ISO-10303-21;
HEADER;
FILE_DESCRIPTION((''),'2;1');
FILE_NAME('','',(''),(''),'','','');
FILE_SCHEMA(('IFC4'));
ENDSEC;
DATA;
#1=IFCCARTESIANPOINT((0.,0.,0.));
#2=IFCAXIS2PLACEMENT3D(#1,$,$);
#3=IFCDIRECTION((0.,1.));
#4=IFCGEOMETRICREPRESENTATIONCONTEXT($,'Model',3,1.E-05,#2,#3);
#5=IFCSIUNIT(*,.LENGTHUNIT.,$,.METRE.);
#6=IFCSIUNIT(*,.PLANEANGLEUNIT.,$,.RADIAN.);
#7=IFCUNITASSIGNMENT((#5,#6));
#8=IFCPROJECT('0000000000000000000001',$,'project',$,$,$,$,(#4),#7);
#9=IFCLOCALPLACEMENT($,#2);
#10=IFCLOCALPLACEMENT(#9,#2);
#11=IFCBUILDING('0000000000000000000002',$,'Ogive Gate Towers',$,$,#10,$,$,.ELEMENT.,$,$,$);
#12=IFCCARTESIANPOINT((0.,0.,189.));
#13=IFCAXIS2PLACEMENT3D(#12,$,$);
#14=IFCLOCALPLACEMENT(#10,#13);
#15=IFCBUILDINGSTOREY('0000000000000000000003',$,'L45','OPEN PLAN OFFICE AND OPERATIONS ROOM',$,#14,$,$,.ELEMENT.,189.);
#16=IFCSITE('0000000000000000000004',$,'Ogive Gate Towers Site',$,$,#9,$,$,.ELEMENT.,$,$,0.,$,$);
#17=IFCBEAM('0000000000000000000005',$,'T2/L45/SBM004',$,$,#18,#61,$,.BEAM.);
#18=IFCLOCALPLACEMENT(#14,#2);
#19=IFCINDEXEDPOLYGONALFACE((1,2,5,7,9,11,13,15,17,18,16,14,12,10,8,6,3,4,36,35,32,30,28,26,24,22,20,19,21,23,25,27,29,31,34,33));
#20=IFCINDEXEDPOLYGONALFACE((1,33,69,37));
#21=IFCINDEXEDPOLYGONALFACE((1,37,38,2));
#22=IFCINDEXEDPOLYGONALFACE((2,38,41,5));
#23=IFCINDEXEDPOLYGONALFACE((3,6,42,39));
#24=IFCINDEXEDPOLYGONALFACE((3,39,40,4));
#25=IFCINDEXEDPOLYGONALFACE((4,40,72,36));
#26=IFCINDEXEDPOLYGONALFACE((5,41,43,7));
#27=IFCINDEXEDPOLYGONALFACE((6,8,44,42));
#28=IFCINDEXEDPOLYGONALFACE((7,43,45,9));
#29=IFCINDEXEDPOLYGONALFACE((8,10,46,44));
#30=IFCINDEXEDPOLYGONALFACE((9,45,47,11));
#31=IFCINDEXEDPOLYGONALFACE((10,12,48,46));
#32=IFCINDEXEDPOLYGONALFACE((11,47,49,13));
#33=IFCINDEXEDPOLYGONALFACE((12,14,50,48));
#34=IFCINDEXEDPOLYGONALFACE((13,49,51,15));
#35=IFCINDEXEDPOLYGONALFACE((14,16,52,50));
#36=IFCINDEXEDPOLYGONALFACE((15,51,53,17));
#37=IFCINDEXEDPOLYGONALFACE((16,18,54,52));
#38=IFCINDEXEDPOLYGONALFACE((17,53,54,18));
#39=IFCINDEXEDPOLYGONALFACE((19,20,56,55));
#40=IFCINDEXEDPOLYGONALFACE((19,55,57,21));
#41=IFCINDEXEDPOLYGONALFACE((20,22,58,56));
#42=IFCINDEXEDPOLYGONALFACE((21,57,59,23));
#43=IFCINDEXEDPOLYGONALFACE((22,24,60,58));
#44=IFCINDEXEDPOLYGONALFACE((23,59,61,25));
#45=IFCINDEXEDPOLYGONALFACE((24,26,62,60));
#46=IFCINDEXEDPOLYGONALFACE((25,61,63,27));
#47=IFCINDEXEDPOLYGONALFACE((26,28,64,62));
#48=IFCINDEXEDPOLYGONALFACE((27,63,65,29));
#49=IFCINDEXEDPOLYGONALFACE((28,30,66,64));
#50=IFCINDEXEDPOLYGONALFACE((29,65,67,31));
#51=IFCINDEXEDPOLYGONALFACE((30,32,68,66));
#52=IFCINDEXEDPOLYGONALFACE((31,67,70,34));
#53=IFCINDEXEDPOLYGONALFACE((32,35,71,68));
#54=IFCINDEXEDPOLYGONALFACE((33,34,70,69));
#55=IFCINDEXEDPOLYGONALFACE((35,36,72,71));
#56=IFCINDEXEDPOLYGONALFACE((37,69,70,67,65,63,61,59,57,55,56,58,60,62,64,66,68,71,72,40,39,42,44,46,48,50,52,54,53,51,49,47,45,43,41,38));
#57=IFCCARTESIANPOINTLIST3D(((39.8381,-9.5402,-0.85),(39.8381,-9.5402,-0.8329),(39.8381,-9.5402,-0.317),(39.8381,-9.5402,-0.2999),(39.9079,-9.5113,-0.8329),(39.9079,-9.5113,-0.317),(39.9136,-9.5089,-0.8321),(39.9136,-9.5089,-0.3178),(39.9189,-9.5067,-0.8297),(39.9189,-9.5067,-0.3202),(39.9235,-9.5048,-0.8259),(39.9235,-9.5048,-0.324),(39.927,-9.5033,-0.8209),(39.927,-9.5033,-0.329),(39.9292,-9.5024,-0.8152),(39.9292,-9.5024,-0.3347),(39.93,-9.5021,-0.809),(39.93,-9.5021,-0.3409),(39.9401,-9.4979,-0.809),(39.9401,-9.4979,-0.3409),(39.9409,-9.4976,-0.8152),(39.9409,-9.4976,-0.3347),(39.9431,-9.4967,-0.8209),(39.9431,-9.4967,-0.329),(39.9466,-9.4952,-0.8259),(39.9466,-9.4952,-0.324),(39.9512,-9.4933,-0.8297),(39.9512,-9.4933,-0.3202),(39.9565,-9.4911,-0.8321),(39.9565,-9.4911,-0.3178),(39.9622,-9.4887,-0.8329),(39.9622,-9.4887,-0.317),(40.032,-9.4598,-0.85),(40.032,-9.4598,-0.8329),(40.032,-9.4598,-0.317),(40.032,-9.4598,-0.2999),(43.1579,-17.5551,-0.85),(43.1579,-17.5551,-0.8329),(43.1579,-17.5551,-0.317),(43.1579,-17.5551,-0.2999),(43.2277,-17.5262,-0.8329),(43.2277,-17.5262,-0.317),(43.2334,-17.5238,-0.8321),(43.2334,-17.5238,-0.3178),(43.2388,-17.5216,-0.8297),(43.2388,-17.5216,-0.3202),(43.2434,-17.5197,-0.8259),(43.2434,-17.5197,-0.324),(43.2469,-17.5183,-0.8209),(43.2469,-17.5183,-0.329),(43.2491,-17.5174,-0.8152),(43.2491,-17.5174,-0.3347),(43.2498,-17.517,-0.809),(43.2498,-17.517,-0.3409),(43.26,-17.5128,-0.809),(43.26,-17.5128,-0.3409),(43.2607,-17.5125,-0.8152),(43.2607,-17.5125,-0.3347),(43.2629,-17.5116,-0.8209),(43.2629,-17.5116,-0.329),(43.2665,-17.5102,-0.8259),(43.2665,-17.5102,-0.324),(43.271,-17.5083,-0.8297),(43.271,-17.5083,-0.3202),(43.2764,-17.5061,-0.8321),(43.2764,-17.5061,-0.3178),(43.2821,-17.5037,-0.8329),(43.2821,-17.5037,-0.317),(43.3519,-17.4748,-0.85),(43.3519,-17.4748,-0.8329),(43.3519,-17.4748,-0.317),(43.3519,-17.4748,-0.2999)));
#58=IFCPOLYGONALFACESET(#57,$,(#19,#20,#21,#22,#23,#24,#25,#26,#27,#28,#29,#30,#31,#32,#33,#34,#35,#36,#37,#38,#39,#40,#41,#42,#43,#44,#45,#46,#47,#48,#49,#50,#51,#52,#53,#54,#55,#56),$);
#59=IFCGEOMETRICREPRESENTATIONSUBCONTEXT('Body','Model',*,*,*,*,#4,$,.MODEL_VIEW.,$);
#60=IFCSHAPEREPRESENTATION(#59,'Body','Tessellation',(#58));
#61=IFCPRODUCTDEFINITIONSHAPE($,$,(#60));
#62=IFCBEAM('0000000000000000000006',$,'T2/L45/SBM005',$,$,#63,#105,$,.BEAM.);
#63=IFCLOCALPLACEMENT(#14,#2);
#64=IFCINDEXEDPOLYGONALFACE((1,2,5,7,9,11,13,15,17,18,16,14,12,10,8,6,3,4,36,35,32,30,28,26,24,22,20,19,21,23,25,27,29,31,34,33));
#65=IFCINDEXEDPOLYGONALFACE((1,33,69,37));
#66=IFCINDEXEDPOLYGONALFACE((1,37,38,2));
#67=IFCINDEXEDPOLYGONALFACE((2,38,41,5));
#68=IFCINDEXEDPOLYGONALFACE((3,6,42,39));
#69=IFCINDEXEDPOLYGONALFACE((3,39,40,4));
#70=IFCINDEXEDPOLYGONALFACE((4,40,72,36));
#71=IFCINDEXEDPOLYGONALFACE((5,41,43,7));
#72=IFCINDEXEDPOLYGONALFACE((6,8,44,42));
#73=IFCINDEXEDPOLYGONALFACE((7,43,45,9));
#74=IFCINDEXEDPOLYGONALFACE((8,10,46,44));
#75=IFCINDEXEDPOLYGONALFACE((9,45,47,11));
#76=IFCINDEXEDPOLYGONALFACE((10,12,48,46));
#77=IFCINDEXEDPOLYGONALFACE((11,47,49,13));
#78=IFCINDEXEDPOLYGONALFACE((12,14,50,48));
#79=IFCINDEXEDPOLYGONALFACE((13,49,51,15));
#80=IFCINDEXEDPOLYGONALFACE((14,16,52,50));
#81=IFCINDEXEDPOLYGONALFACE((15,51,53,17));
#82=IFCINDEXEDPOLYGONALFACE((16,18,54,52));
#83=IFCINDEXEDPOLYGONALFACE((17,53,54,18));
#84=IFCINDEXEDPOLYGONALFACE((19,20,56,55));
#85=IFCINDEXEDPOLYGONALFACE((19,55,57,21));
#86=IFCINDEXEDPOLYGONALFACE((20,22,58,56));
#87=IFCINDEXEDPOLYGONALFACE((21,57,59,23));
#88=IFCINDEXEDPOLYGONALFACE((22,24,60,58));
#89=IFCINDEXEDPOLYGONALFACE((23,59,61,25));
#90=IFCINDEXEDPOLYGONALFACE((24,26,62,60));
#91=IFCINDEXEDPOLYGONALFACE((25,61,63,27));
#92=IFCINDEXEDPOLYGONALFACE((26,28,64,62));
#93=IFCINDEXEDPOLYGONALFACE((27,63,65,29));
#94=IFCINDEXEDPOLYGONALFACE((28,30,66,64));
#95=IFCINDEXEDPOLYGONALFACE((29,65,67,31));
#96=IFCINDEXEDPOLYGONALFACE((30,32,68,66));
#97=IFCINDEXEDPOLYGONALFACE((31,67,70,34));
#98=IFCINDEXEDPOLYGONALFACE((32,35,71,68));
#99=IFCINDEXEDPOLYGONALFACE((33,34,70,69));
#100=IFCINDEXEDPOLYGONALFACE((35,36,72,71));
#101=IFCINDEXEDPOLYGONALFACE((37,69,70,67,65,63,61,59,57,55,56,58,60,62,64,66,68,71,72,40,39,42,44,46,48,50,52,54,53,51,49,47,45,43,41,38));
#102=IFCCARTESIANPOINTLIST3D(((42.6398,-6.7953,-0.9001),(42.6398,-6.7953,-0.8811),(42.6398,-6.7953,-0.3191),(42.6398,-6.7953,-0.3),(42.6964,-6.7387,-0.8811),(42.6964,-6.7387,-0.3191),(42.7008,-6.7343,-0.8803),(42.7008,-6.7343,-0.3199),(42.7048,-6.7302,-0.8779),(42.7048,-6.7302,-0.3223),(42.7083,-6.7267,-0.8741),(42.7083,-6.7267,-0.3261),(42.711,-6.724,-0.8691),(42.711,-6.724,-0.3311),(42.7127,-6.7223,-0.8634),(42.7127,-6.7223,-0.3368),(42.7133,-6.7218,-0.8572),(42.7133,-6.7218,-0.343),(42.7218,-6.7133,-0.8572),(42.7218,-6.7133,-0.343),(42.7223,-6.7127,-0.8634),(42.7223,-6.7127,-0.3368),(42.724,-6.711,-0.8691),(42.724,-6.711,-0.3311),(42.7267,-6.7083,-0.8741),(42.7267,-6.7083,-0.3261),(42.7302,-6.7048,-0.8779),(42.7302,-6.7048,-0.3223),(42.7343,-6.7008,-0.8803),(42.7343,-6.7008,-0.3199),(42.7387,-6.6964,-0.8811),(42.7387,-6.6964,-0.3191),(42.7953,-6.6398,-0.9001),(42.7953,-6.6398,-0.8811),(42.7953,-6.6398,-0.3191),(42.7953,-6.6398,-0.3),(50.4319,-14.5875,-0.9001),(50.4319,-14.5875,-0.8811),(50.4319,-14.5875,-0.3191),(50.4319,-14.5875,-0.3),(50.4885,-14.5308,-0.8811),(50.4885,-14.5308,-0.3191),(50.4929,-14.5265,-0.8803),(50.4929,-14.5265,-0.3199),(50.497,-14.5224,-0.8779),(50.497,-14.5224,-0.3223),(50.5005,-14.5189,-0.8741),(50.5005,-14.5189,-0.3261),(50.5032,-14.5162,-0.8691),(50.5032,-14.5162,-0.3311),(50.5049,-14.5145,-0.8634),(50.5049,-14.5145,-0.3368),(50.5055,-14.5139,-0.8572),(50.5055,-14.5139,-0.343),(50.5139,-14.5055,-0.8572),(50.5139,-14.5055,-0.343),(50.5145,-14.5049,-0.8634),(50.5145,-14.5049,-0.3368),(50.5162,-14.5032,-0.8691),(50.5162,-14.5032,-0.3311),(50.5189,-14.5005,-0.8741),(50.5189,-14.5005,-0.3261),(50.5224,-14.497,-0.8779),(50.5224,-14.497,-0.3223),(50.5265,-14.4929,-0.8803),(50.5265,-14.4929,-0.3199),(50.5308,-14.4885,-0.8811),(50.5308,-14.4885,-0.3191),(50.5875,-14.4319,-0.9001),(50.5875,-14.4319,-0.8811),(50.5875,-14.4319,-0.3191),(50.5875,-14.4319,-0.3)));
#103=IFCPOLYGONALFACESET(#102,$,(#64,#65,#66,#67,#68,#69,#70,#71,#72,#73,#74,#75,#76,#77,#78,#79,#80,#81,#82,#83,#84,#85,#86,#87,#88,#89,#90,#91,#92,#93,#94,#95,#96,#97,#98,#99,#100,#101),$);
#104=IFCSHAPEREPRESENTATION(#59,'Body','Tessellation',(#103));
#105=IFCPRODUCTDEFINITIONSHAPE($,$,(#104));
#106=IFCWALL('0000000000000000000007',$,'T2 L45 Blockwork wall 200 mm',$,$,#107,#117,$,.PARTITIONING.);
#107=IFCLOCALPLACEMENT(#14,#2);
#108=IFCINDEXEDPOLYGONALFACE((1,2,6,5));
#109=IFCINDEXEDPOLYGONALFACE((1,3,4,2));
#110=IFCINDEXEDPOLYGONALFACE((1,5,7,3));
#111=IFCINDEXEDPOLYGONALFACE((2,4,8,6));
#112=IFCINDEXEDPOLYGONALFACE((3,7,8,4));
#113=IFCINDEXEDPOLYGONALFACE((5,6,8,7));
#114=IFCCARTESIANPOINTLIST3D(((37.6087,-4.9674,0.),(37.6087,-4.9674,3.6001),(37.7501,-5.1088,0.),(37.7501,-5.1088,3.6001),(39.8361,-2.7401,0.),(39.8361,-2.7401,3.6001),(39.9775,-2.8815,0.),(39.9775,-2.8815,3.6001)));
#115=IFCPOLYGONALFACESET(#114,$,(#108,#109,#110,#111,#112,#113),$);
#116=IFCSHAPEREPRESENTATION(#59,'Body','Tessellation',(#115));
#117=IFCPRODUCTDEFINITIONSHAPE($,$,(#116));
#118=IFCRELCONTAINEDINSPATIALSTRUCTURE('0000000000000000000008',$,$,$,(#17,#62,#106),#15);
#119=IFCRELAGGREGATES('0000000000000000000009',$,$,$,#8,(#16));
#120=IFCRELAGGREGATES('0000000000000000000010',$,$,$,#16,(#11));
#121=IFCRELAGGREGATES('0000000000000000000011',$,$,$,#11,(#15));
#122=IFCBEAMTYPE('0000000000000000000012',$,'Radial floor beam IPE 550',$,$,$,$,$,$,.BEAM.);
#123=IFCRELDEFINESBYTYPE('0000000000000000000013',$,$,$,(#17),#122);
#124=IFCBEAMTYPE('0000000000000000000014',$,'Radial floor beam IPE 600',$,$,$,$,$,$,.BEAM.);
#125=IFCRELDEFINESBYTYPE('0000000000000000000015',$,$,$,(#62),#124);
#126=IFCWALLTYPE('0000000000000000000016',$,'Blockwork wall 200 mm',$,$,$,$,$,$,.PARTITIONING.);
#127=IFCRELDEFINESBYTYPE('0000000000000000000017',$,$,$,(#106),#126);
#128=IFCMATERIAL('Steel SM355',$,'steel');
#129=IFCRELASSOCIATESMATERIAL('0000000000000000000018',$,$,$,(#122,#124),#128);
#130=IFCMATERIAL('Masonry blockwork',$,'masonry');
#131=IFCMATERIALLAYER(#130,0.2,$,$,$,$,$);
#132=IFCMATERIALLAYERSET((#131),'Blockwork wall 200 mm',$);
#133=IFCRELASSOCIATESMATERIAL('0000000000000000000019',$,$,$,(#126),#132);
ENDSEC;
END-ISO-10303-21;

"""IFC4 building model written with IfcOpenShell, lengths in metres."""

from ifc_helpers import new_model, si_unit, direction, frame, frame_2d, origin, origin_2d, place, context, subcontext, project, spatial, rectangle, i_section, extrude, material, layer, layer_set, material_profile, profile_set, type_object, element, save


model = new_model("IFC4")

# Units and contexts
model_context = context("Model", 3, precision=1e-05, world=origin(), true_north=direction((0.0, 1.0)))
body_context = subcontext(model_context, "Body", "Model", "MODEL_VIEW")
ifc_project = project(units=[si_unit("LENGTHUNIT", "METRE"), si_unit("PLANEANGLEUNIT", "RADIAN")], contexts=[model_context])

# Site, building, storey
site_placement = place(None, origin())
site = spatial("IfcSite", under=ifc_project, at=site_placement, Name="Ogive Gate Towers Site", CompositionType="ELEMENT", RefElevation=0.0)
building_placement = place(site_placement, origin())
building = spatial("IfcBuilding", under=site, at=building_placement, Name="Ogive Gate Towers", CompositionType="ELEMENT")
storey_placement = place(building_placement, frame((0.0, 0.0, 189.0)))
storey = spatial("IfcBuildingStorey", under=building, at=storey_placement, Name="L45", Description="OPEN PLAN OFFICE AND OPERATIONS ROOM", CompositionType="ELEMENT", Elevation=189.0)

# Beams
ifc_material_1 = material(Name="Steel SM355", Category="steel")
ifc_material_profile_1 = material_profile(ifc_material_1, i_section(OverallWidth=0.21, OverallDepth=0.55, WebThickness=0.011, FlangeThickness=0.0171, FilletRadius=0.0239, at=origin_2d()), Name="IPE 550")
ifc_profile_set_1 = profile_set([ifc_material_profile_1], Name="Steel SM355")
beam_type_1 = type_object("IfcBeamType", Name="Radial floor beam IPE 550", PredefinedType="BEAM", material=ifc_profile_set_1)
beam_1_placement = place(storey_placement, frame((39.9351, -9.5, -0.575), z_axis=(0.382678, -0.923882, 0.0), x_axis=(0.923882, 0.382678, 0.0)))
element("IfcBeam", 1, at=beam_1_placement, inside=storey, type_object=beam_type_1, Name="T2/L45/SBM004", PredefinedType="BEAM", context=body_context, shape_type="SweptSolid", body=[
    extrude(i_section(OverallWidth=0.21, OverallDepth=0.55, WebThickness=0.011, FlangeThickness=0.0171, FilletRadius=0.0239, at=origin_2d()), origin(), (0.0, 0.0, 1.0), 8.6753),
])
ifc_material_profile_2 = material_profile(ifc_material_1, i_section(OverallWidth=0.22, OverallDepth=0.6001, WebThickness=0.012, FlangeThickness=0.019, FilletRadius=0.0239, at=origin_2d()), Name="IPE 600")
ifc_profile_set_2 = profile_set([ifc_material_profile_2], Name="Steel SM355")
beam_type_2 = type_object("IfcBeamType", Name="Radial floor beam IPE 600", PredefinedType="BEAM", material=ifc_profile_set_2)
beam_2_placement = place(storey_placement, frame((42.7175, -6.7175, -0.6001), z_axis=(0.707107, -0.707107, 0.0), x_axis=(0.707107, 0.707107, 0.0)))
element("IfcBeam", 2, at=beam_2_placement, inside=storey, type_object=beam_type_2, Name="T2/L45/SBM005", PredefinedType="BEAM", context=body_context, shape_type="SweptSolid", body=[
    extrude(i_section(OverallWidth=0.22, OverallDepth=0.6001, WebThickness=0.012, FlangeThickness=0.019, FilletRadius=0.0239, at=origin_2d()), origin(), (0.0, 0.0, 1.0), 11.0198),
])

# Wall
ifc_material_2 = material(Name="Masonry blockwork", Category="masonry")
ifc_layer_1 = layer(ifc_material_2, 0.2)
ifc_layer_set_1 = layer_set([ifc_layer_1], Name="Blockwork wall 200 mm")
wall_type_1 = type_object("IfcWallType", Name="Blockwork wall 200 mm", PredefinedType="PARTITIONING", material=ifc_layer_set_1)
wall_1_placement = place(storey_placement, frame((37.6794, -5.0381, 0.0), z_axis=(0.0, 0.0, 1.0), x_axis=(0.707107, 0.707107, 0.0)))
element("IfcWall", 3, at=wall_1_placement, inside=storey, type_object=wall_type_1, Name="T2 L45 Blockwork wall 200 mm", PredefinedType="PARTITIONING", context=body_context, shape_type="SweptSolid", body=[
    extrude(rectangle(XDim=3.1499, YDim=0.2, at=frame_2d((1.575, 0.0))), origin(), (0.0, 0.0, 1.0), 3.6001),
])

save(model, "model.ifc")
